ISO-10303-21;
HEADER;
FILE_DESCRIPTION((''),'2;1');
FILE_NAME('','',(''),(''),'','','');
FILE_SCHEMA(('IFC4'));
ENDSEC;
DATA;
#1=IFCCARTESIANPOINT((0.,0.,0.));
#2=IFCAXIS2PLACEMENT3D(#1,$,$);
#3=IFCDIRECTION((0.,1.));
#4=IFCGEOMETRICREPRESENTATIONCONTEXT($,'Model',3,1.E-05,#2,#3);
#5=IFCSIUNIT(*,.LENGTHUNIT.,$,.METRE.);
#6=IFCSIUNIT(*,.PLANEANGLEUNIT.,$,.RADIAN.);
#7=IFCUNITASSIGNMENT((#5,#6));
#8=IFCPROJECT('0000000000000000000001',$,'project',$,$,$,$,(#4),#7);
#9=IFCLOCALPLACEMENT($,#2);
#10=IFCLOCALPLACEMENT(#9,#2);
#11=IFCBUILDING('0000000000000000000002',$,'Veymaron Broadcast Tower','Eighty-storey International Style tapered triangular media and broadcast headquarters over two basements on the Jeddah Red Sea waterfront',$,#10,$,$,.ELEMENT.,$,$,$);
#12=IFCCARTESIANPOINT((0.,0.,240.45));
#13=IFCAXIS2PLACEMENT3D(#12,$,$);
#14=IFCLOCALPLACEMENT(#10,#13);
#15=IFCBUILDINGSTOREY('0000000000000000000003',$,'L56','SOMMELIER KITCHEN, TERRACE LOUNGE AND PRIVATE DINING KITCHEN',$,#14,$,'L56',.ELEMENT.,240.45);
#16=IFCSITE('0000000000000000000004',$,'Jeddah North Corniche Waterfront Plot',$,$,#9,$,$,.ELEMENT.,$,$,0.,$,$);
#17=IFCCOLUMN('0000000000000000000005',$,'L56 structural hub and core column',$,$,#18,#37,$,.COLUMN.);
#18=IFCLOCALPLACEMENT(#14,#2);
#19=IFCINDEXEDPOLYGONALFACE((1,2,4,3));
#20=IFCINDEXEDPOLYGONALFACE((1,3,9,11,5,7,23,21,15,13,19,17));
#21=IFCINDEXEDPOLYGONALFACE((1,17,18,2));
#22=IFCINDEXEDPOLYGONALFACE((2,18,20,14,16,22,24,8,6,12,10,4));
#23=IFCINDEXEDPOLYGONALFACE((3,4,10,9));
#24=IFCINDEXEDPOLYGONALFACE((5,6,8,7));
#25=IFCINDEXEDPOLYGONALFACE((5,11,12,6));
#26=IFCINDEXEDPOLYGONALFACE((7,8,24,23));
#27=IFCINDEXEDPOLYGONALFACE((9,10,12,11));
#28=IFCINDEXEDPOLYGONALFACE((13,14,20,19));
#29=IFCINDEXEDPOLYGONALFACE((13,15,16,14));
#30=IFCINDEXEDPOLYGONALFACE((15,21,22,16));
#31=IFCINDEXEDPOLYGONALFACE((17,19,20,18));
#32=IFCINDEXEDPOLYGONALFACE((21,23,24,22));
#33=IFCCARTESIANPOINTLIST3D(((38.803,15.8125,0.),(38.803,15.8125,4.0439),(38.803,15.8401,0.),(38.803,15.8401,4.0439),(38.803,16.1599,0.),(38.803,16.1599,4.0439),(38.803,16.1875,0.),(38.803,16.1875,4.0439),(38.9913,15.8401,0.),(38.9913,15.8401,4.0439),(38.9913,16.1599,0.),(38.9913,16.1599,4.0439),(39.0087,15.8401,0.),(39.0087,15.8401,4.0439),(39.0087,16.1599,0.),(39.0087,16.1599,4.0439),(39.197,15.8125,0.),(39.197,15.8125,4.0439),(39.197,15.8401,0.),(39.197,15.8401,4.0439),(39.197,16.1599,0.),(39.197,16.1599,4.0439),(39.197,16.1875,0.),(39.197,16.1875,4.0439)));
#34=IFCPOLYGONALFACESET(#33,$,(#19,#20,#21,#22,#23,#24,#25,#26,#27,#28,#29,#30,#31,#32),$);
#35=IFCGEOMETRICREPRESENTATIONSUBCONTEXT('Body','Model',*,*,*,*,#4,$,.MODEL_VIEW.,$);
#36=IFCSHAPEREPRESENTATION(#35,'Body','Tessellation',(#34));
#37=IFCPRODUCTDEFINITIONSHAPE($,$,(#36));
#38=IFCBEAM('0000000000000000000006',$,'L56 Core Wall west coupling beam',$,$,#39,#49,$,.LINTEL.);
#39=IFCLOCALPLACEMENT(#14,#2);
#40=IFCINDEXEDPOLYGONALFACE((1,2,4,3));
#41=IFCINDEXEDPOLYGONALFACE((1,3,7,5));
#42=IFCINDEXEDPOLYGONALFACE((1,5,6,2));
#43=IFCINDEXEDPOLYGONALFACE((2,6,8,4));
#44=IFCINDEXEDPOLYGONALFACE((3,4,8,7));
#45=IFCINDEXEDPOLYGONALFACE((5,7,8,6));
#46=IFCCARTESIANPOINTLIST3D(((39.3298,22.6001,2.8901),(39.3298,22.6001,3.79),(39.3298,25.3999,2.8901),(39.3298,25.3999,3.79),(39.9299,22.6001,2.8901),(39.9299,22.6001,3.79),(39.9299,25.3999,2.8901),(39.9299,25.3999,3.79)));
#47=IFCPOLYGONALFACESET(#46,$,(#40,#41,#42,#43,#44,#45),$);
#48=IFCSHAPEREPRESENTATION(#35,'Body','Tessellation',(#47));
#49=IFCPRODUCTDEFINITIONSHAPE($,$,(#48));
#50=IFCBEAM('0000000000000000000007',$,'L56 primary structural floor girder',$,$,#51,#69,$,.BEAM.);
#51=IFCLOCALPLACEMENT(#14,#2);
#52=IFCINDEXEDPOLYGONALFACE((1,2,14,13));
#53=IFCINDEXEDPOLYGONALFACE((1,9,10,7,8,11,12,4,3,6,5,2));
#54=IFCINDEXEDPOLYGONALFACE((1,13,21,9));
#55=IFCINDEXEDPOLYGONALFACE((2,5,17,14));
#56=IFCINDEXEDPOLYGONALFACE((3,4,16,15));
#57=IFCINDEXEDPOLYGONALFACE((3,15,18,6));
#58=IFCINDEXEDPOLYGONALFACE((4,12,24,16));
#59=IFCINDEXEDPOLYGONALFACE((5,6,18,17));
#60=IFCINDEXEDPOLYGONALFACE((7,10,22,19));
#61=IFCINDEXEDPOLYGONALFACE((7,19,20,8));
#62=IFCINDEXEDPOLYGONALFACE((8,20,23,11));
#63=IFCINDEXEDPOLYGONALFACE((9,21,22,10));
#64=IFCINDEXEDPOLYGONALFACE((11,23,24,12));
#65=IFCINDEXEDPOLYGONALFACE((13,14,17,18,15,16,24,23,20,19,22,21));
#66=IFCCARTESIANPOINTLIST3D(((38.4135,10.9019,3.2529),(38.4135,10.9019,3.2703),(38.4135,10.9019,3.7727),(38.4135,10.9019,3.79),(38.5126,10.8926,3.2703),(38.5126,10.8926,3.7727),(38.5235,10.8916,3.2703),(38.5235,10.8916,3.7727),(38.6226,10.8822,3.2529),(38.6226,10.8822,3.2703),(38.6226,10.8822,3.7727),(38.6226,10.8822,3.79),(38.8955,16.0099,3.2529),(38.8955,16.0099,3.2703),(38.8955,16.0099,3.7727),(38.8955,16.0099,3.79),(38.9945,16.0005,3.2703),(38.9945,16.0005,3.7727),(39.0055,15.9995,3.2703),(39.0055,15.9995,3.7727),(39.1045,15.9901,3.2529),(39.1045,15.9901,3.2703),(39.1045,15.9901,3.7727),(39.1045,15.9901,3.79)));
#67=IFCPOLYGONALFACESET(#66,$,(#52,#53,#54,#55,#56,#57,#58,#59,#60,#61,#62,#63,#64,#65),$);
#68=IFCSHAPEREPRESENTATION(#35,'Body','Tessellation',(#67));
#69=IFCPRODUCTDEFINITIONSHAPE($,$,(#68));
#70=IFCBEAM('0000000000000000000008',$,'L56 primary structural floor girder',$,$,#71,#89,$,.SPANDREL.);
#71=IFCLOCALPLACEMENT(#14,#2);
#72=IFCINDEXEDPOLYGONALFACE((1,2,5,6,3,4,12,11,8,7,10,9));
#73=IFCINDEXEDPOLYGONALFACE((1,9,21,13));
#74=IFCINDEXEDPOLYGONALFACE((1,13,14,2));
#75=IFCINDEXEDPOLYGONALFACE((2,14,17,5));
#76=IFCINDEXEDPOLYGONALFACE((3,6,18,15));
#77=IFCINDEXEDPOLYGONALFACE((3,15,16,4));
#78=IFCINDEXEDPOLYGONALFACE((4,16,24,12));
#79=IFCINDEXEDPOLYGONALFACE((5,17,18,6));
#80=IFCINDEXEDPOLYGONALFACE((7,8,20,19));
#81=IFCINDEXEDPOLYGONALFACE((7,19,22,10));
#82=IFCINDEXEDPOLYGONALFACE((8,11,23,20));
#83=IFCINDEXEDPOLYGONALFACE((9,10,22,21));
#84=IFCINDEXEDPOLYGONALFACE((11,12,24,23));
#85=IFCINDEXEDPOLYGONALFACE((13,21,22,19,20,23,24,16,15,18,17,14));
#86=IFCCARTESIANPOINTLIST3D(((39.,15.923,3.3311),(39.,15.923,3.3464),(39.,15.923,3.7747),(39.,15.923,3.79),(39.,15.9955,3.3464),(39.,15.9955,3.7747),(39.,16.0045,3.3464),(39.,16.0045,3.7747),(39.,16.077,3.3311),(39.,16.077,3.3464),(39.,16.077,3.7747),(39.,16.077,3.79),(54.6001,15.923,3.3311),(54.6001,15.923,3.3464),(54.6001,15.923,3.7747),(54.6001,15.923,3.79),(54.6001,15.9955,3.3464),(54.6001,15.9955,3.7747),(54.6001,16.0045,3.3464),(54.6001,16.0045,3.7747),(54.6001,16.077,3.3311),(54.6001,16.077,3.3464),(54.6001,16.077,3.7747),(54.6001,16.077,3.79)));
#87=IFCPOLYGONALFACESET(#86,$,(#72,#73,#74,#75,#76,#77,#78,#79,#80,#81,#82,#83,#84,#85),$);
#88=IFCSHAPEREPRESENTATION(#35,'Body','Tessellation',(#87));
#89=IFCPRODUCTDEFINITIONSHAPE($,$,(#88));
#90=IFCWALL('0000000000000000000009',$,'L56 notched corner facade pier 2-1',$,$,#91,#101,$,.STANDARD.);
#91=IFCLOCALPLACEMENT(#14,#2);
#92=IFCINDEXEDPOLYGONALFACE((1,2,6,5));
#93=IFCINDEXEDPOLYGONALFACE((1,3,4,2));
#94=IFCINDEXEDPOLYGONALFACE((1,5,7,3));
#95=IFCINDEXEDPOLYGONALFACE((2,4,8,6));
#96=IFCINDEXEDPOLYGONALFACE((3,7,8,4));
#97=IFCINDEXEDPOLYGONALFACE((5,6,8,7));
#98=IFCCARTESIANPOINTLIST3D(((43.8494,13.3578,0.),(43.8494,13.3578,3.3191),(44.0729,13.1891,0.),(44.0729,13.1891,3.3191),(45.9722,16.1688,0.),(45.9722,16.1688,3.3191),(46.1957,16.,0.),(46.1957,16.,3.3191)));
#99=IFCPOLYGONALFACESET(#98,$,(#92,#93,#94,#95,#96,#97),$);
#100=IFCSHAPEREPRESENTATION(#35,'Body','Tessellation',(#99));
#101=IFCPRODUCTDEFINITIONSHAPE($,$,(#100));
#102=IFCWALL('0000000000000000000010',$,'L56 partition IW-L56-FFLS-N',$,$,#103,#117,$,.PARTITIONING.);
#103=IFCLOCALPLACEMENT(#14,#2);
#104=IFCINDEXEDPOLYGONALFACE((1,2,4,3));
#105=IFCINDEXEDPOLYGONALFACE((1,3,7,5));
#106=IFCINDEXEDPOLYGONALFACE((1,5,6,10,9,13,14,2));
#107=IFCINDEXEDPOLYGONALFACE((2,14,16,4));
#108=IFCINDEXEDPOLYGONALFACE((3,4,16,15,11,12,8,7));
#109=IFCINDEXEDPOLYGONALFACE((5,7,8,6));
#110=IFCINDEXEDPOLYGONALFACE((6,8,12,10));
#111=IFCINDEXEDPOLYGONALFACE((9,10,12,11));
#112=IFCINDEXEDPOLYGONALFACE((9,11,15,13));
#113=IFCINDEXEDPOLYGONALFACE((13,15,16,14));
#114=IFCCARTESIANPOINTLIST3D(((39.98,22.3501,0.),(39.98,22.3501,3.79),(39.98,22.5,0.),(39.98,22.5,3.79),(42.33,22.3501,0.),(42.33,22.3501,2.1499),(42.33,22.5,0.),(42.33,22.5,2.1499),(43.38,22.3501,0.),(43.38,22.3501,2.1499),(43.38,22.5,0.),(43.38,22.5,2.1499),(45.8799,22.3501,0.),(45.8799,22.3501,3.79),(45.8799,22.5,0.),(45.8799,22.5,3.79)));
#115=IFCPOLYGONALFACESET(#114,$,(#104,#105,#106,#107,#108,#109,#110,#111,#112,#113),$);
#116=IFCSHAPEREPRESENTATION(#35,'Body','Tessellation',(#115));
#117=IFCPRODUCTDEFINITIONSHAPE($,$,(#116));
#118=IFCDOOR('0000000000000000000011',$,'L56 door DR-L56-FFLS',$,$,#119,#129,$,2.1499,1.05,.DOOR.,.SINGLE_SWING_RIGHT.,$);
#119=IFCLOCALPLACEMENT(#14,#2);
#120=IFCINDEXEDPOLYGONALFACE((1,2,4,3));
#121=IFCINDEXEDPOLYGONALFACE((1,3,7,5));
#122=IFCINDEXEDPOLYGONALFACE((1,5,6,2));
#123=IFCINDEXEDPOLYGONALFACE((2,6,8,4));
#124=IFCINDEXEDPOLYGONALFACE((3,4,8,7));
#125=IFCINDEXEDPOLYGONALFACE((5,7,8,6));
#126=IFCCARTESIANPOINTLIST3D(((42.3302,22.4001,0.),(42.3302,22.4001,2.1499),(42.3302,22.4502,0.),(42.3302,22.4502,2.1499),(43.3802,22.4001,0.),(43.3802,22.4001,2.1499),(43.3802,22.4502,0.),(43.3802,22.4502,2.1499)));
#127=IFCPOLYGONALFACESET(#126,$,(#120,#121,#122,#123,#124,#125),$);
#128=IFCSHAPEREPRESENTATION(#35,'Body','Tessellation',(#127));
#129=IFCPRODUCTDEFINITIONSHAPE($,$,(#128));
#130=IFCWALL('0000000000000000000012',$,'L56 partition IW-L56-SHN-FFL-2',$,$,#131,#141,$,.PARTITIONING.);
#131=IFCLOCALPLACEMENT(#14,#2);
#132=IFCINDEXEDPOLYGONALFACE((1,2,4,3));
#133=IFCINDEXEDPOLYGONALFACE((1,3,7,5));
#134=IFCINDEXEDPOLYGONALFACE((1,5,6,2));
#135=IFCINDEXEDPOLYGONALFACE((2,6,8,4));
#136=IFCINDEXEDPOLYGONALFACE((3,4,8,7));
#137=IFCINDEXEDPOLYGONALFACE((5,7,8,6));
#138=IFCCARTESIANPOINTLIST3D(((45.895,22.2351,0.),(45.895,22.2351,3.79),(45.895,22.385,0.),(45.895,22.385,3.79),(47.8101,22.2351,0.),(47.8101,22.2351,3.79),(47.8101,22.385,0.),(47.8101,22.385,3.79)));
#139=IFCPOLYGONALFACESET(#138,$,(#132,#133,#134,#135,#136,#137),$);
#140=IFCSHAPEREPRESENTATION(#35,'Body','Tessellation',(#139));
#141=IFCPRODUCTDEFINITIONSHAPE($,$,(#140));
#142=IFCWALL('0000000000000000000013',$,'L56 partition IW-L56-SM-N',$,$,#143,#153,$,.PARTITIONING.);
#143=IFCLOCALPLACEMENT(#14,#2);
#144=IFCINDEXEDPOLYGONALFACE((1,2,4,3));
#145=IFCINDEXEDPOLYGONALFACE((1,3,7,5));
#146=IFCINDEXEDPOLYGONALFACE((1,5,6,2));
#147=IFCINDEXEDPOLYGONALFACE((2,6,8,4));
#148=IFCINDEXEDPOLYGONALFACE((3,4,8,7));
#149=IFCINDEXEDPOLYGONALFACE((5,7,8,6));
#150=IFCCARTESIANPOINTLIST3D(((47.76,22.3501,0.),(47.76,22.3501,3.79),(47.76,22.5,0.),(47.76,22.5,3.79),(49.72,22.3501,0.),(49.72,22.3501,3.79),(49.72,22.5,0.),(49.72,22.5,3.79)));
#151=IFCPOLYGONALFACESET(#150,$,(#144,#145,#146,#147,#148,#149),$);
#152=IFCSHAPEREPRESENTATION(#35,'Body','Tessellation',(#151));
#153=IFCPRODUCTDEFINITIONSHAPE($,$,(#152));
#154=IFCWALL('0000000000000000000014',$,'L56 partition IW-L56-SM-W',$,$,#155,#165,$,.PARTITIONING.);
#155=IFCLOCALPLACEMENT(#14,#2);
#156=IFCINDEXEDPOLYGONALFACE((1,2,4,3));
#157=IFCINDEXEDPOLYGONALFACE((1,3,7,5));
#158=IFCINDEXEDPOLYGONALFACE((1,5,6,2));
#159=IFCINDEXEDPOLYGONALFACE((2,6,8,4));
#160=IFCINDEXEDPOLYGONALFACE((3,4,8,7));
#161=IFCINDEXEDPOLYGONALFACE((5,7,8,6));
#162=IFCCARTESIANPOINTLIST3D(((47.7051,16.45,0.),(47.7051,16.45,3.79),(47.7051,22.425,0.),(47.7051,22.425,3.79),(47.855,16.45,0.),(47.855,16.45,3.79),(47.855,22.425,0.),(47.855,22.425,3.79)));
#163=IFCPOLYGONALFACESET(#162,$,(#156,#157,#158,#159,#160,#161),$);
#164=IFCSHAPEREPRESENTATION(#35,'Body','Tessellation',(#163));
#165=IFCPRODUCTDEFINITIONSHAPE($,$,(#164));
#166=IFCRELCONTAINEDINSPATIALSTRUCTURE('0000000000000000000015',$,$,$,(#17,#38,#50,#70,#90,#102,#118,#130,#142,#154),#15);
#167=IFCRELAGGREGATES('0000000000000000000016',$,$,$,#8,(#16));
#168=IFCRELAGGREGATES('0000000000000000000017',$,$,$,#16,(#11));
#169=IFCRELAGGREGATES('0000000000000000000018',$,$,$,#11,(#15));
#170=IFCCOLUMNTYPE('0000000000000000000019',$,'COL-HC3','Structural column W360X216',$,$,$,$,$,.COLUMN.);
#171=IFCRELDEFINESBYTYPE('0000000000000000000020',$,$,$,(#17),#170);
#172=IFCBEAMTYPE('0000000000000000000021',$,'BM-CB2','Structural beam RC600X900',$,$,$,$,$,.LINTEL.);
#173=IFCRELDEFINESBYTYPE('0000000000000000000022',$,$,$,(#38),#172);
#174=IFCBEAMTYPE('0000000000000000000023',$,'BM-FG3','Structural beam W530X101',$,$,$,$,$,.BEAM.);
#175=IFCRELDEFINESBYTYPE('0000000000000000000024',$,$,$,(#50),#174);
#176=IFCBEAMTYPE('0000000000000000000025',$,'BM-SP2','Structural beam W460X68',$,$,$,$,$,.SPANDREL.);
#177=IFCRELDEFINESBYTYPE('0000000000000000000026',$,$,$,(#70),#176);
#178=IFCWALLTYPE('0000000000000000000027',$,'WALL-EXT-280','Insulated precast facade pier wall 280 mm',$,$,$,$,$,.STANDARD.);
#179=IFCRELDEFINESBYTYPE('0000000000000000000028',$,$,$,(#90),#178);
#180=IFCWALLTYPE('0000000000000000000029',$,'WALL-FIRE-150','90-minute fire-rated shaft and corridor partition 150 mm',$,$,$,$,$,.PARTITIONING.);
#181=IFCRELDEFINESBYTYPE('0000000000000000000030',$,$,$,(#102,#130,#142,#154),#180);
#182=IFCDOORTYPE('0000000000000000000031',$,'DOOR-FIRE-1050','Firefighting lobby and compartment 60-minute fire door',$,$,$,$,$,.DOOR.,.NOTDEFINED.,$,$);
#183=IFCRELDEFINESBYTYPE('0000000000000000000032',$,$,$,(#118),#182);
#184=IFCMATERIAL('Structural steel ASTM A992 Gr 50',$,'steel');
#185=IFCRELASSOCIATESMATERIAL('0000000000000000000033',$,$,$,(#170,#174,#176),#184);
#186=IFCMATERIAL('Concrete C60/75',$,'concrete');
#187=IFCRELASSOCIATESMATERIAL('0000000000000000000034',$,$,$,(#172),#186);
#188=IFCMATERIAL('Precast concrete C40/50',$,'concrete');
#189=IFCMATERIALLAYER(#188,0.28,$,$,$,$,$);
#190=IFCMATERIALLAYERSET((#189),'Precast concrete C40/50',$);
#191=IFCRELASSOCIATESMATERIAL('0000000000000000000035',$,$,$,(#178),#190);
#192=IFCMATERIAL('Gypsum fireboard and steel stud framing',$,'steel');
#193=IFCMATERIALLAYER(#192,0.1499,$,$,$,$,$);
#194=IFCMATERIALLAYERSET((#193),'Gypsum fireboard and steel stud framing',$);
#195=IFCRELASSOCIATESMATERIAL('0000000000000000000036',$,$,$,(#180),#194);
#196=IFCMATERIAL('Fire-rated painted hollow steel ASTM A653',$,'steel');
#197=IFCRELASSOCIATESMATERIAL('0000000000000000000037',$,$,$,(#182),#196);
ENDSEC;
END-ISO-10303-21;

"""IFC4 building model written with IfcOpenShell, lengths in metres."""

from ifc_helpers import new_model, si_unit, direction, frame, frame_2d, origin, origin_2d, place, context, subcontext, project, spatial, rectangle, i_section, extrude, material, layer, layer_set, material_profile, profile_set, type_object, element, fill, save


model = new_model("IFC4")

# Units and contexts
model_context = context("Model", 3, precision=1e-05, world=origin(), true_north=direction((0.0, 1.0)))
body_context = subcontext(model_context, "Body", "Model", "MODEL_VIEW")
ifc_project = project(units=[si_unit("LENGTHUNIT", "METRE"), si_unit("PLANEANGLEUNIT", "RADIAN")], contexts=[model_context])

# Site, building, storey
site_placement = place(None, origin())
site = spatial("IfcSite", under=ifc_project, at=site_placement, Name="Jeddah North Corniche Waterfront Plot", CompositionType="ELEMENT", RefElevation=0.0)
building_placement = place(site_placement, origin())
building = spatial("IfcBuilding", under=site, at=building_placement, Name="Veymaron Broadcast Tower", Description="Eighty-storey International Style tapered triangular media and broadcast headquarters over two basements on the Jeddah Red Sea waterfront", CompositionType="ELEMENT")
storey_placement = place(building_placement, frame((0.0, 0.0, 240.45)))
storey = spatial("IfcBuildingStorey", under=building, at=storey_placement, Name="L56", Description="SOMMELIER KITCHEN, TERRACE LOUNGE AND PRIVATE DINING KITCHEN", LongName="L56", CompositionType="ELEMENT", Elevation=240.45)

# Column
ifc_material_1 = material(Name="Structural steel ASTM A992 Gr 50", Category="steel")
ifc_material_profile_1 = material_profile(ifc_material_1, i_section(OverallWidth=0.394, OverallDepth=0.375, WebThickness=0.0173, FlangeThickness=0.0276, at=origin_2d()), Name="W360X216")
ifc_profile_set_1 = profile_set([ifc_material_profile_1], Name="Structural steel ASTM A992 Gr 50")
column_type = type_object("IfcColumnType", Name="COL-HC3", Description="Structural column W360X216", PredefinedType="COLUMN", material=ifc_profile_set_1)
column_placement = place(storey_placement, frame((39.0, 16.0, 0.0), z_axis=(0.0, 0.0, 1.0), x_axis=(1.0, 0.0, 0.0)))
element("IfcColumn", 1, at=column_placement, inside=storey, type_object=column_type, Name="L56 structural hub and core column", PredefinedType="COLUMN", context=body_context, shape_type="SweptSolid", body=[
    extrude(i_section(OverallWidth=0.394, OverallDepth=0.375, WebThickness=0.0173, FlangeThickness=0.0276, at=origin_2d()), origin(), (0.0, 0.0, 1.0), 4.0439),
])

# Beams
ifc_material_2 = material(Name="Concrete C60/75", Category="concrete")
ifc_material_profile_2 = material_profile(ifc_material_2, rectangle(XDim=0.6001, YDim=0.8999, at=origin_2d()), Name="RC600X900")
ifc_profile_set_2 = profile_set([ifc_material_profile_2], Name="Concrete C60/75")
beam_type_1 = type_object("IfcBeamType", Name="BM-CB2", Description="Structural beam RC600X900", PredefinedType="LINTEL", material=ifc_profile_set_2)
beam_1_placement = place(storey_placement, frame((39.6299, 22.6001, 3.3401), z_axis=(0.0, 1.0, 0.0), x_axis=(-1.0, 0.0, 0.0)))
element("IfcBeam", 2, at=beam_1_placement, inside=storey, type_object=beam_type_1, Name="L56 Core Wall west coupling beam", PredefinedType="LINTEL", context=body_context, shape_type="SweptSolid", body=[
    extrude(rectangle(XDim=0.6001, YDim=0.8999, at=origin_2d()), origin(), (0.0, 0.0, 1.0), 2.7998),
])
ifc_material_profile_3 = material_profile(ifc_material_1, i_section(OverallWidth=0.21, OverallDepth=0.5371, WebThickness=0.011, FlangeThickness=0.0173, at=origin_2d()), Name="W530X101")
ifc_profile_set_3 = profile_set([ifc_material_profile_3], Name="Structural steel ASTM A992 Gr 50")
beam_type_2 = type_object("IfcBeamType", Name="BM-FG3", Description="Structural beam W530X101", PredefinedType="BEAM", material=ifc_profile_set_3)
beam_2_placement = place(storey_placement, frame((39.0, 16.0, 3.5215), z_axis=(-0.093933, -0.995578, 0.0), x_axis=(0.995578, -0.093933, 0.0)))
element("IfcBeam", 3, at=beam_2_placement, inside=storey, type_object=beam_type_2, Name="L56 primary structural floor girder", PredefinedType="BEAM", context=body_context, shape_type="SweptSolid", body=[
    extrude(i_section(OverallWidth=0.21, OverallDepth=0.5371, WebThickness=0.011, FlangeThickness=0.0173, at=origin_2d()), origin(), (0.0, 0.0, 1.0), 5.1306),
])
ifc_material_profile_4 = material_profile(ifc_material_1, i_section(OverallWidth=0.1541, OverallDepth=0.459, WebThickness=0.009, FlangeThickness=0.0154, at=origin_2d()), Name="W460X68")
ifc_profile_set_4 = profile_set([ifc_material_profile_4], Name="Structural steel ASTM A992 Gr 50")
beam_type_3 = type_object("IfcBeamType", Name="BM-SP2", Description="Structural beam W460X68", PredefinedType="SPANDREL", material=ifc_profile_set_4)
beam_3_placement = place(storey_placement, frame((39.0, 16.0, 3.5605), z_axis=(1.0, 0.0, 0.0), x_axis=(0.0, 1.0, 0.0)))
element("IfcBeam", 4, at=beam_3_placement, inside=storey, type_object=beam_type_3, Name="L56 primary structural floor girder", PredefinedType="SPANDREL", context=body_context, shape_type="SweptSolid", body=[
    extrude(i_section(OverallWidth=0.1541, OverallDepth=0.459, WebThickness=0.009, FlangeThickness=0.0154, at=origin_2d()), origin(), (0.0, 0.0, 1.0), 15.6001),
])

# Wall
ifc_material_3 = material(Name="Precast concrete C40/50", Category="concrete")
ifc_layer_1 = layer(ifc_material_3, 0.28)
ifc_layer_set_1 = layer_set([ifc_layer_1], Name="Precast concrete C40/50")
wall_type_1 = type_object("IfcWallType", Name="WALL-EXT-280", Description="Insulated precast facade pier wall 280 mm", PredefinedType="STANDARD", material=ifc_layer_set_1)
wall_1_placement = place(storey_placement, frame((43.9612, 13.2734, 0.0), z_axis=(0.0, 0.0, 1.0), x_axis=(0.602636, 0.798016, 0.0)))
element("IfcWall", 5, at=wall_1_placement, inside=storey, type_object=wall_type_1, Name="L56 notched corner facade pier 2-1", PredefinedType="STANDARD", context=body_context, shape_type="SweptSolid", body=[
    extrude(rectangle(XDim=3.5225, YDim=0.28, at=frame_2d((1.7612, 0.0))), origin(), (0.0, 0.0, 1.0), 3.3191),
])

# Wall, opening, door
ifc_material_4 = material(Name="Gypsum fireboard and steel stud framing", Category="steel")
ifc_layer_2 = layer(ifc_material_4, 0.1499)
ifc_layer_set_2 = layer_set([ifc_layer_2], Name="Gypsum fireboard and steel stud framing")
wall_type_2 = type_object("IfcWallType", Name="WALL-FIRE-150", Description="90-minute fire-rated shaft and corridor partition 150 mm", PredefinedType="PARTITIONING", material=ifc_layer_set_2)
wall_2_placement = place(storey_placement, frame((39.98, 22.425, 0.0), z_axis=(0.0, 0.0, 1.0), x_axis=(1.0, 0.0, 0.0)))
wall_2 = element("IfcWall", 6, at=wall_2_placement, inside=storey, type_object=wall_type_2, Name="L56 partition IW-L56-FFLS-N", PredefinedType="PARTITIONING", context=body_context, shape_type="SweptSolid", body=[
    extrude(rectangle(XDim=5.8999, YDim=0.1499, at=frame_2d((2.95, 0.0))), origin(), (0.0, 0.0, 1.0), 3.79),
])
opening_1_placement = place(wall_2_placement, frame((2.3501, 0.0, 0.0)))
opening_1 = element("IfcOpeningElement", 7, at=opening_1_placement, cuts=wall_2, PredefinedType="OPENING", context=body_context, shape_type="SweptSolid", body=[
    extrude(rectangle(XDim=1.05, YDim=2.1499, at=frame_2d((0.5249, 1.075))), frame((0.0, 0.085, 0.0), z_axis=(0.0, -1.0, 0.0), x_axis=(1.0, 0.0, 0.0)), (0.0, 0.0, 1.0), 0.1699),
])
ifc_material_5 = material(Name="Fire-rated painted hollow steel ASTM A653", Category="steel")
door_type_1 = type_object("IfcDoorType", Name="DOOR-FIRE-1050", Description="Firefighting lobby and compartment 60-minute fire door", OperationType="NOTDEFINED", PredefinedType="DOOR", material=ifc_material_5)
door_1_placement = place(opening_1_placement, frame((1.05, 0.0, 0.0), z_axis=(0.0, 0.0, 1.0), x_axis=(-1.0, 0.0, 0.0)))
door_1 = element("IfcDoor", 8, at=door_1_placement, inside=storey, type_object=door_type_1, Name="L56 door DR-L56-FFLS", OperationType="SINGLE_SWING_RIGHT", OverallHeight=2.1499, OverallWidth=1.05, PredefinedType="DOOR", context=body_context, shape_type="SweptSolid", body=[
    extrude(rectangle(XDim=1.05, YDim=2.1499, at=frame_2d((0.5249, 1.075))), frame((0.0, 0.0249, 0.0), z_axis=(0.0, -1.0, 0.0), x_axis=(1.0, 0.0, 0.0)), (0.0, 0.0, 1.0), 0.05),
])
fill(opening_1, door_1)

# Walls
wall_3_placement = place(storey_placement, frame((45.895, 22.3101, 0.0), z_axis=(0.0, 0.0, 1.0), x_axis=(1.0, 0.0, 0.0)))
element("IfcWall", 9, at=wall_3_placement, inside=storey, type_object=wall_type_2, Name="L56 partition IW-L56-SHN-FFL-2", PredefinedType="PARTITIONING", context=body_context, shape_type="SweptSolid", body=[
    extrude(rectangle(XDim=1.915, YDim=0.1499, at=frame_2d((0.9575, 0.0))), origin(), (0.0, 0.0, 1.0), 3.79),
])
wall_4_placement = place(storey_placement, frame((47.76, 22.425, 0.0), z_axis=(0.0, 0.0, 1.0), x_axis=(1.0, 0.0, 0.0)))
element("IfcWall", 10, at=wall_4_placement, inside=storey, type_object=wall_type_2, Name="L56 partition IW-L56-SM-N", PredefinedType="PARTITIONING", context=body_context, shape_type="SweptSolid", body=[
    extrude(rectangle(XDim=1.96, YDim=0.1499, at=frame_2d((0.98, 0.0))), origin(), (0.0, 0.0, 1.0), 3.79),
])
wall_5_placement = place(storey_placement, frame((47.78, 16.45, 0.0), z_axis=(0.0, 0.0, 1.0), x_axis=(0.0, 1.0, 0.0)))
element("IfcWall", 11, at=wall_5_placement, inside=storey, type_object=wall_type_2, Name="L56 partition IW-L56-SM-W", PredefinedType="PARTITIONING", context=body_context, shape_type="SweptSolid", body=[
    extrude(rectangle(XDim=5.9751, YDim=0.1499, at=frame_2d((2.9875, 0.0))), origin(), (0.0, 0.0, 1.0), 3.79),
])

save(model, "model.ifc")
